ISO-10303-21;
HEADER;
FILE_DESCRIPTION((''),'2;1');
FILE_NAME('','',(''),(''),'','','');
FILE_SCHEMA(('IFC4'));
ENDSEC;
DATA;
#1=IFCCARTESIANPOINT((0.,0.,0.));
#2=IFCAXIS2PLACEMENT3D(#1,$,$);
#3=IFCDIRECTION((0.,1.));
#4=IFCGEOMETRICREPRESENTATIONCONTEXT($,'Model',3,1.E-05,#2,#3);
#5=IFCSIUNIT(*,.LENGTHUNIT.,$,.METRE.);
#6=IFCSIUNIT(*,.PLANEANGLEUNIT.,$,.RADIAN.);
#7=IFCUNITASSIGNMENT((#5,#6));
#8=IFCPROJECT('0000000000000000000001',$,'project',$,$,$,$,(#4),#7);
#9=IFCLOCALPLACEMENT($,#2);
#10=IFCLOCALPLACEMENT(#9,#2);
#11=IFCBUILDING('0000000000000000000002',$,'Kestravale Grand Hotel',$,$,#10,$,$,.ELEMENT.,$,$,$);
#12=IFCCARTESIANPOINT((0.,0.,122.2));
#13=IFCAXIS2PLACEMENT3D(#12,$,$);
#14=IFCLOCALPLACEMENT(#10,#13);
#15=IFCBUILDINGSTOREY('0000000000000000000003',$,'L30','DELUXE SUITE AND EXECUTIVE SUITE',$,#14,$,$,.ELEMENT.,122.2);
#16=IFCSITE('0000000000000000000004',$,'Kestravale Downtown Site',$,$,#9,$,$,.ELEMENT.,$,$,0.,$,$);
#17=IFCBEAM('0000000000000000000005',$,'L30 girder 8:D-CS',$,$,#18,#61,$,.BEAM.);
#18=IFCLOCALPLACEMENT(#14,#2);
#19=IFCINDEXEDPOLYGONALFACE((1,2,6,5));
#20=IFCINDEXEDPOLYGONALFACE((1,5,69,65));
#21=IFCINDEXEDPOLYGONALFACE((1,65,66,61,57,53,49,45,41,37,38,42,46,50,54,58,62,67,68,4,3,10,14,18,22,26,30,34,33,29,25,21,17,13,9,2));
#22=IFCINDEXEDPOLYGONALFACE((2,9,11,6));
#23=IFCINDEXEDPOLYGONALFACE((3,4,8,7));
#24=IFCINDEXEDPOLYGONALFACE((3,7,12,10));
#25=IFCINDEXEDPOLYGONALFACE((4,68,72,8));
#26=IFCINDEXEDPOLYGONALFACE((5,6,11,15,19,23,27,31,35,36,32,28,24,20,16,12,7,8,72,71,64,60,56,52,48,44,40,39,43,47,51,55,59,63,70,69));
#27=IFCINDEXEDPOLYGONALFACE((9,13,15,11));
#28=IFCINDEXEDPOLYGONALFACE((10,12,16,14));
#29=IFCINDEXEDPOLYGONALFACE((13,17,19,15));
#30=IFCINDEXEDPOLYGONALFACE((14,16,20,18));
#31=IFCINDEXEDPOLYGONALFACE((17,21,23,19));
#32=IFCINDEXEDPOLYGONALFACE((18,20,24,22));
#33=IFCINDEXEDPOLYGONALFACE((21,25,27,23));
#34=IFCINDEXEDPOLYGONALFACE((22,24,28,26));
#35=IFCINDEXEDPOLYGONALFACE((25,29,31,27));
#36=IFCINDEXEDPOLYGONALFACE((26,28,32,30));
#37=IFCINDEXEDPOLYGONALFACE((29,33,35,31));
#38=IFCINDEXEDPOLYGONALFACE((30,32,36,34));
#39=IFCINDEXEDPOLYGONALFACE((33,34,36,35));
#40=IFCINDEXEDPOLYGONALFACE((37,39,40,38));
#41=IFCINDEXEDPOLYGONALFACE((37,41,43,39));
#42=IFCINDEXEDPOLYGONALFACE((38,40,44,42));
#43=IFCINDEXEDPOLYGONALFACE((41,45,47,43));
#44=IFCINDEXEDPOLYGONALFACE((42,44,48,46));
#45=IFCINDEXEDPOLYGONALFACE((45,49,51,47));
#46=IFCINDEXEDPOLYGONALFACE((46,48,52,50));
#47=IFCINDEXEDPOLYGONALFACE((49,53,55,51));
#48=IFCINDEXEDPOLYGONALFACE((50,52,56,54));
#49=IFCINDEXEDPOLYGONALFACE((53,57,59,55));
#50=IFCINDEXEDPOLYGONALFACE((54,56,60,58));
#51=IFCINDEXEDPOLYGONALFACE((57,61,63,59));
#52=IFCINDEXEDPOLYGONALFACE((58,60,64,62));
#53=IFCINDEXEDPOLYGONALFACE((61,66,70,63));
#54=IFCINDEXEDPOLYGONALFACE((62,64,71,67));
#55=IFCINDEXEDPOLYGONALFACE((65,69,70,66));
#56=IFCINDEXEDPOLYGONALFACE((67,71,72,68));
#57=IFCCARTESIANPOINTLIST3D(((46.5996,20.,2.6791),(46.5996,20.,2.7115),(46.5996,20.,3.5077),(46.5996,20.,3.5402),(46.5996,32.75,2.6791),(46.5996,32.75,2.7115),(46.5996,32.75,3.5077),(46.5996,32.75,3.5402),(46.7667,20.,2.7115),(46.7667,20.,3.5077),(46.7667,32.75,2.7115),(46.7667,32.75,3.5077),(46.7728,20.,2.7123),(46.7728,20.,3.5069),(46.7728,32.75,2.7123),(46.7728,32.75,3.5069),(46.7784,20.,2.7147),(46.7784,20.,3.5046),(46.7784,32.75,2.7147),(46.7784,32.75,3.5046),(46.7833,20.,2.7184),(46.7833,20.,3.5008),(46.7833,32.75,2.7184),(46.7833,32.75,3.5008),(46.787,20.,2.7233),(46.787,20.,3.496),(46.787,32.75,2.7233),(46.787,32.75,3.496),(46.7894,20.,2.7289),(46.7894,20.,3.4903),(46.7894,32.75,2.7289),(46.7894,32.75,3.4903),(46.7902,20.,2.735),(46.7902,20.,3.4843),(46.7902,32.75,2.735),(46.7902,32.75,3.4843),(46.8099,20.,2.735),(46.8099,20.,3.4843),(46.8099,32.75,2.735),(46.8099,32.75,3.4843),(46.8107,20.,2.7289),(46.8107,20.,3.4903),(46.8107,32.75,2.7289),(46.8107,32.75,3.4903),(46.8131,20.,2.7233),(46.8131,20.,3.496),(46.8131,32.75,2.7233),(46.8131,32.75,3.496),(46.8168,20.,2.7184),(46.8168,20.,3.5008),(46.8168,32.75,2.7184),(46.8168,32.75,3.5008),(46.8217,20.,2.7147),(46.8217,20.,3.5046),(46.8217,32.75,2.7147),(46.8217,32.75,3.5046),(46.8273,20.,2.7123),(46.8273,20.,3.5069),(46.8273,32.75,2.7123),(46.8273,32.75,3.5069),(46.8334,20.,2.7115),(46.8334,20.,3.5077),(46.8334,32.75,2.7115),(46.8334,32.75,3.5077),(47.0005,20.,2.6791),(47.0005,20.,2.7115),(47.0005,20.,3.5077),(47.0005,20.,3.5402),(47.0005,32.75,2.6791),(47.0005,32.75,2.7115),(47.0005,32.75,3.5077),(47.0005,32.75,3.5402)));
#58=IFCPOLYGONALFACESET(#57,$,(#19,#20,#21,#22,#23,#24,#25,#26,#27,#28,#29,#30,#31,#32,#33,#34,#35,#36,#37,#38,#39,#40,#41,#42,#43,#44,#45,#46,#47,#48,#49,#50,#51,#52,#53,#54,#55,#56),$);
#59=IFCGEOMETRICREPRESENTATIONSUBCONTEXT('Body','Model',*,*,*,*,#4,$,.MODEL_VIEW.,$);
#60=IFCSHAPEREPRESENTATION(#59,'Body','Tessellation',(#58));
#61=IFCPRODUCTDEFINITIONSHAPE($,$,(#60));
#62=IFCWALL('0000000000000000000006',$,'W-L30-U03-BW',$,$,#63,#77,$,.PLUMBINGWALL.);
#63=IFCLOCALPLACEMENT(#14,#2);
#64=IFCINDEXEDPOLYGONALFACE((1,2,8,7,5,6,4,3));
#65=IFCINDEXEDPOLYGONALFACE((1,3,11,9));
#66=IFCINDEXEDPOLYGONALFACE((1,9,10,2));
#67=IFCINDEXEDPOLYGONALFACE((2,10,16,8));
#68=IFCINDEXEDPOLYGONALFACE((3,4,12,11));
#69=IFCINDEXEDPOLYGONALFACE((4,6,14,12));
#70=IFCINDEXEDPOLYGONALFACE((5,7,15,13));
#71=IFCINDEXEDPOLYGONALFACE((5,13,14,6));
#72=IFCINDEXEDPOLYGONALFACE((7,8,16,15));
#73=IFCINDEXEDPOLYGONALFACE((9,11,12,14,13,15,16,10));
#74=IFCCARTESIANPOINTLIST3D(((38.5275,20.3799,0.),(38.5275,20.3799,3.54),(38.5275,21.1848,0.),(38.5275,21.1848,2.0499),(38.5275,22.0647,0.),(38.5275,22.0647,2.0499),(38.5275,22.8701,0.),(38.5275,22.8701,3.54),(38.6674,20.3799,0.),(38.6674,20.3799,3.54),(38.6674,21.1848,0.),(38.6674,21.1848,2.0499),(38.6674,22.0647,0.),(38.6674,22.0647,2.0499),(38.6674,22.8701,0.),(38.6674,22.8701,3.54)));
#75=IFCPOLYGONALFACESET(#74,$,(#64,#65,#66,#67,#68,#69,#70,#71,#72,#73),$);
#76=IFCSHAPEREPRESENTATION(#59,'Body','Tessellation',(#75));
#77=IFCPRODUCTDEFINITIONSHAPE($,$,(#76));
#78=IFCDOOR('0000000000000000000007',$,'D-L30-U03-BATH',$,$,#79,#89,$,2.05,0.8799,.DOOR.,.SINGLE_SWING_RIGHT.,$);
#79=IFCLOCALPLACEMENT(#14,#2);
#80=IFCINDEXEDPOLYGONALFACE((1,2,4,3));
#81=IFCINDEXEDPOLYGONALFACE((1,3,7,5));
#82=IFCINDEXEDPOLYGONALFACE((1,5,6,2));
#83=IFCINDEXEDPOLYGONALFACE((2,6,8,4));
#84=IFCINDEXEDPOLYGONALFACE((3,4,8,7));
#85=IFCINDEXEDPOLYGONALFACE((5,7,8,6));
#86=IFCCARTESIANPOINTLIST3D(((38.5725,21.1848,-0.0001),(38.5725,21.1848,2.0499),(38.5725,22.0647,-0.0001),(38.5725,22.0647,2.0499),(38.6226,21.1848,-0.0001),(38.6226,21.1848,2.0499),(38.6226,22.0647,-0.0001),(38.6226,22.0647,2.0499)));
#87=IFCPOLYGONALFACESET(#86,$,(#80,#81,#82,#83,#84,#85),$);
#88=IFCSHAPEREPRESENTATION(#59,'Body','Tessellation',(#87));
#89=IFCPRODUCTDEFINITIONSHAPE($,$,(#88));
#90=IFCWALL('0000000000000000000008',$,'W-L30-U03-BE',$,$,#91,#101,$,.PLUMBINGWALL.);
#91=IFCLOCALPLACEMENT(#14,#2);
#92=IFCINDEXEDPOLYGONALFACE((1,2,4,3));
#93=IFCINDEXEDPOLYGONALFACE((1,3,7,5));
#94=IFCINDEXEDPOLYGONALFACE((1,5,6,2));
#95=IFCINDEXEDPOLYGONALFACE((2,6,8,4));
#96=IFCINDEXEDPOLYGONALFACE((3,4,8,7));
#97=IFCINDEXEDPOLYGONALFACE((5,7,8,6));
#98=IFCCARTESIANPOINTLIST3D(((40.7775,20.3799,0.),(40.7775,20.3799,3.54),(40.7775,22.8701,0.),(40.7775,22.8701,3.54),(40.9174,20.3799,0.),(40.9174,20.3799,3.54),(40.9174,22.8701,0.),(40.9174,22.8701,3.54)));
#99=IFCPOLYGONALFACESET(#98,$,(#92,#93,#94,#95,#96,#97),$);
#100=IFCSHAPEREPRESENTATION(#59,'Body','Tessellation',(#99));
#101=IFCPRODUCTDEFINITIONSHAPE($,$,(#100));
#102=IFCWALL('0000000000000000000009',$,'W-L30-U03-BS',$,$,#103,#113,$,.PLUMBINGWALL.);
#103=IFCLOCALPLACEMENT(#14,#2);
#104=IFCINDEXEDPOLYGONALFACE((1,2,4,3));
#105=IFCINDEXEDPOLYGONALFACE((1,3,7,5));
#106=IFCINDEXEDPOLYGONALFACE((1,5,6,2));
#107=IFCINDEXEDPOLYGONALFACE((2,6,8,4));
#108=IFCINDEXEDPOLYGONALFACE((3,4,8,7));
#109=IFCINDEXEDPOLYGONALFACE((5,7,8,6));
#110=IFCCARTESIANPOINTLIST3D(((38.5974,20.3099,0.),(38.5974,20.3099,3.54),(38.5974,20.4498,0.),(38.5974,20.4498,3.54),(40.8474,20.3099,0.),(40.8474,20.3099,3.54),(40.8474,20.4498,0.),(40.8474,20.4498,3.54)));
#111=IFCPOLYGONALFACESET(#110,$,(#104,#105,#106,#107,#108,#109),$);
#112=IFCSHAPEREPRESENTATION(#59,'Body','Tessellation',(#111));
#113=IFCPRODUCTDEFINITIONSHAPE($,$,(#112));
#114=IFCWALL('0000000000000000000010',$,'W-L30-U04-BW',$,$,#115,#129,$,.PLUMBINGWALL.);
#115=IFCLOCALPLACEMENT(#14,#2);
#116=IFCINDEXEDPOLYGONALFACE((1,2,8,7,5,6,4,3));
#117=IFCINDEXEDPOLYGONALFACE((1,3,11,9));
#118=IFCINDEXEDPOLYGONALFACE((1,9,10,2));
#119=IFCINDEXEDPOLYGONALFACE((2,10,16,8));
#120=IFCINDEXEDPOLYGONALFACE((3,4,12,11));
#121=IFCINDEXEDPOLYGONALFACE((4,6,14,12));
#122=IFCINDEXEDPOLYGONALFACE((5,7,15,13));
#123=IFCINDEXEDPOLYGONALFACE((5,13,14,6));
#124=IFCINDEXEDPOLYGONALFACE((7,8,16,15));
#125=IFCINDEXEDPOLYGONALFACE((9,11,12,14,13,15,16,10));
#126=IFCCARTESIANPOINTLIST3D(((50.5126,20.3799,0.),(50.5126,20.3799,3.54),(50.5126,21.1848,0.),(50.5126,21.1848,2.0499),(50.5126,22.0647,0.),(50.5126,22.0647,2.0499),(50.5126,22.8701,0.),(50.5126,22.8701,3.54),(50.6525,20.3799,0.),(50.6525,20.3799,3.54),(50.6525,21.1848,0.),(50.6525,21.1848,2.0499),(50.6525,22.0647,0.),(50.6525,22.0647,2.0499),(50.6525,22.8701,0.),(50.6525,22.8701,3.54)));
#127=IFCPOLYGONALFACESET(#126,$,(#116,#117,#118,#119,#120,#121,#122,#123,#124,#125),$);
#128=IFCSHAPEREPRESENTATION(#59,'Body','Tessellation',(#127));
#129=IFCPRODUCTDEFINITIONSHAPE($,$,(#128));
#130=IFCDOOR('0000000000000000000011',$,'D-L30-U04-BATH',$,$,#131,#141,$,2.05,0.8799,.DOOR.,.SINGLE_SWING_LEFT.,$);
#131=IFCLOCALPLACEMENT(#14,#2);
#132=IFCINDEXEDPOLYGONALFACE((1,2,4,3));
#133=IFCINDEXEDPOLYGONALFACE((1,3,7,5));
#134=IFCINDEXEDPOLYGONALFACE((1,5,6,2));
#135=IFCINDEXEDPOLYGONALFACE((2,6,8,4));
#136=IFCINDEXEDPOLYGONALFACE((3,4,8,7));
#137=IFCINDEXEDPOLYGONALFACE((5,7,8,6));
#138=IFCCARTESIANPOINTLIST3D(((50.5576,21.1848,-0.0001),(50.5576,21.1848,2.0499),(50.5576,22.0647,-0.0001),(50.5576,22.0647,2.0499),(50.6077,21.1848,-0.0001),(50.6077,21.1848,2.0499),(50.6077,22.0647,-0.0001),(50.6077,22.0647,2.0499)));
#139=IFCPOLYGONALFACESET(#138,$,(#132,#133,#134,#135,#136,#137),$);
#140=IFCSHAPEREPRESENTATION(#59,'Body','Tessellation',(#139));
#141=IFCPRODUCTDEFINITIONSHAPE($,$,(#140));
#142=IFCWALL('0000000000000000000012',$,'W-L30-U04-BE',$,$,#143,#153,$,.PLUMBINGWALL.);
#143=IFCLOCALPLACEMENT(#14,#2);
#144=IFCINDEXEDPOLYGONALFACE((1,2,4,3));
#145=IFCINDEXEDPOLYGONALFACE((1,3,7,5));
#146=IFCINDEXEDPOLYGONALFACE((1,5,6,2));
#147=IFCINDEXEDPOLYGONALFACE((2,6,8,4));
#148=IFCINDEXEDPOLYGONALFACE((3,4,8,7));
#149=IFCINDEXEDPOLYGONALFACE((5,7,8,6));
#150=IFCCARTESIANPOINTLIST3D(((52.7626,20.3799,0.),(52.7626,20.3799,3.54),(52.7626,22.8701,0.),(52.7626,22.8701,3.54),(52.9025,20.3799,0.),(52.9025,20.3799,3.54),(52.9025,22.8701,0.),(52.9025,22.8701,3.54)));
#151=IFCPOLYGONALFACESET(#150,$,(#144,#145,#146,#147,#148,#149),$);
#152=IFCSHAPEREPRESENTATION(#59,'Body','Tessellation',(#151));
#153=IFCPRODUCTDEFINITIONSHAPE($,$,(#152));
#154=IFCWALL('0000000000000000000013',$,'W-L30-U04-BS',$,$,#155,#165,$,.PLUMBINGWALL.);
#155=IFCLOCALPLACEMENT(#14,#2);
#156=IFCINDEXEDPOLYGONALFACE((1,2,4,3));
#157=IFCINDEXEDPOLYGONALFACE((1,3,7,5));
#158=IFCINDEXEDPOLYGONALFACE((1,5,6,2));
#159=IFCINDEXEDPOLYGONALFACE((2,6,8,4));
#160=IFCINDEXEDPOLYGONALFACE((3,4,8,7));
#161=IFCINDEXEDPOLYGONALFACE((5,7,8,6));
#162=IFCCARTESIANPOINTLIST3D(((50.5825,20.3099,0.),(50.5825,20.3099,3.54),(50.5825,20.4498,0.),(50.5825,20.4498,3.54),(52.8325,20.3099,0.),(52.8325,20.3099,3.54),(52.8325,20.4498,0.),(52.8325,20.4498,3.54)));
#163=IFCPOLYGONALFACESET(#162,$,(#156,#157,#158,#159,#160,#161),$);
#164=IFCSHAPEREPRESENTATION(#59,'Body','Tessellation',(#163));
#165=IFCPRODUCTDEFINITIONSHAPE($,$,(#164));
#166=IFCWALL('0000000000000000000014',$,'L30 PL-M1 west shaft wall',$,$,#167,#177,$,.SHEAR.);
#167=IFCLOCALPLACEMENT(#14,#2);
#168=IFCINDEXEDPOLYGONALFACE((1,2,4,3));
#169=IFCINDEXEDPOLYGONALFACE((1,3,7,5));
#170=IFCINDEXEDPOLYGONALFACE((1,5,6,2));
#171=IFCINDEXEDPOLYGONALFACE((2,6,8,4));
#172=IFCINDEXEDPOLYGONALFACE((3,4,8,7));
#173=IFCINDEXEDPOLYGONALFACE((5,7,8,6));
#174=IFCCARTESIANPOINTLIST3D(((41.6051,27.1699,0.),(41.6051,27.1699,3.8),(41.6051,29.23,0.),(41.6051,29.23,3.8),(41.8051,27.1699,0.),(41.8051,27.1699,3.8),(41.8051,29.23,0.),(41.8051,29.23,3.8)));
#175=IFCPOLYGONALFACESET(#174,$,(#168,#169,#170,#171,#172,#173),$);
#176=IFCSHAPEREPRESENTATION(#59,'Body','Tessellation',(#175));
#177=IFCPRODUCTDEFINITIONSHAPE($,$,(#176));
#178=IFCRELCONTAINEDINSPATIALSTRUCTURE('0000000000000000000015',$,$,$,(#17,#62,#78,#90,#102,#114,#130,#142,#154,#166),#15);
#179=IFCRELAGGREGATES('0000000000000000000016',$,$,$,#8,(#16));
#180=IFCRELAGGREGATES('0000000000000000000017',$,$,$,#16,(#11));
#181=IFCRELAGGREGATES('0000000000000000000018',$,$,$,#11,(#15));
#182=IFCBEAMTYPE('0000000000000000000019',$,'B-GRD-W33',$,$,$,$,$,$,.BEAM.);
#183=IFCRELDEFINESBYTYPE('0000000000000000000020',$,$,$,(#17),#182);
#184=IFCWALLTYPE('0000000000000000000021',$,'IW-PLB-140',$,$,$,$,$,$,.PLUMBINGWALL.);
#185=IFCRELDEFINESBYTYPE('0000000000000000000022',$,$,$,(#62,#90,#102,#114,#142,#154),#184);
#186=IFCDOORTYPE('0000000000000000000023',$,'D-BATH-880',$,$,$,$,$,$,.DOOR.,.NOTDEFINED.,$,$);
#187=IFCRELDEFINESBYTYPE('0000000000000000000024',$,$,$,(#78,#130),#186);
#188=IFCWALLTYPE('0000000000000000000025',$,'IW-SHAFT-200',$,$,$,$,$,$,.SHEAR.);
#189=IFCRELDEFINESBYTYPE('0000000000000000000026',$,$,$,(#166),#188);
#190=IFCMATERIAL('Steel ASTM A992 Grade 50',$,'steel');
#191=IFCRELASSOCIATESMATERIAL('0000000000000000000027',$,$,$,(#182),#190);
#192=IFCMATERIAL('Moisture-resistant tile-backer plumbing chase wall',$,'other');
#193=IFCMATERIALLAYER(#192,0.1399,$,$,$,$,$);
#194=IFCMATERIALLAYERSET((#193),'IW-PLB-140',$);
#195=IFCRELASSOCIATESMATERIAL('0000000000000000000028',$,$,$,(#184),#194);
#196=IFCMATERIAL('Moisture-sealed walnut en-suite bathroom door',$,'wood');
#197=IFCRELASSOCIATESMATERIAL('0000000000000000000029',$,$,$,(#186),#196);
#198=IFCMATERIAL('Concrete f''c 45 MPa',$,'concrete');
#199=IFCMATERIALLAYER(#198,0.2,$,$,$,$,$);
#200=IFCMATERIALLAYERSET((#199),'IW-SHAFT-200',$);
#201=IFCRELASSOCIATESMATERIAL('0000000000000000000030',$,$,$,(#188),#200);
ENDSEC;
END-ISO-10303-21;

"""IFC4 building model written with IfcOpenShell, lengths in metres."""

from ifc_helpers import new_model, si_unit, direction, frame, frame_2d, origin, origin_2d, place, context, subcontext, project, spatial, rectangle, i_section, extrude, material, layer, layer_set, material_profile, profile_set, type_object, element, fill, save


model = new_model("IFC4")

# Units and contexts
model_context = context("Model", 3, precision=1e-05, world=origin(), true_north=direction((0.0, 1.0)))
body_context = subcontext(model_context, "Body", "Model", "MODEL_VIEW")
ifc_project = project(units=[si_unit("LENGTHUNIT", "METRE"), si_unit("PLANEANGLEUNIT", "RADIAN")], contexts=[model_context])

# Site, building, storey
site_placement = place(None, origin())
site = spatial("IfcSite", under=ifc_project, at=site_placement, Name="Kestravale Downtown Site", CompositionType="ELEMENT", RefElevation=0.0)
building_placement = place(site_placement, origin())
building = spatial("IfcBuilding", under=site, at=building_placement, Name="Kestravale Grand Hotel", CompositionType="ELEMENT")
storey_placement = place(building_placement, frame((0.0, 0.0, 122.2)))
storey = spatial("IfcBuildingStorey", under=building, at=storey_placement, Name="L30", Description="DELUXE SUITE AND EXECUTIVE SUITE", CompositionType="ELEMENT", Elevation=122.2)

# Beam
ifc_material_1 = material(Name="Steel ASTM A992 Grade 50", Category="steel")
ifc_material_profile_1 = material_profile(ifc_material_1, i_section(OverallWidth=0.4009, OverallDepth=0.8611, WebThickness=0.0198, FlangeThickness=0.0325, FilletRadius=0.0234, at=origin_2d()))
ifc_profile_set_1 = profile_set([ifc_material_profile_1], Name="Steel ASTM A992 Grade 50")
beam_type = type_object("IfcBeamType", Name="B-GRD-W33", PredefinedType="BEAM", material=ifc_profile_set_1)
beam_1_placement = place(storey_placement, frame((46.8, 20.0, 3.1096), z_axis=(0.0, 1.0, 0.0), x_axis=(-1.0, 0.0, 0.0)))
element("IfcBeam", 1, at=beam_1_placement, inside=storey, type_object=beam_type, Name="L30 girder 8:D-CS", PredefinedType="BEAM", context=body_context, shape_type="SweptSolid", body=[
    extrude(i_section(OverallWidth=0.4009, OverallDepth=0.8611, WebThickness=0.0198, FlangeThickness=0.0325, FilletRadius=0.0234, at=origin_2d()), origin(), (0.0, 0.0, 1.0), 12.75),
])

# Wall, opening, door
ifc_material_2 = material(Name="Moisture-resistant tile-backer plumbing chase wall", Category="other")
ifc_layer_1 = layer(ifc_material_2, 0.1399)
ifc_layer_set_1 = layer_set([ifc_layer_1], Name="IW-PLB-140")
wall_type_1 = type_object("IfcWallType", Name="IW-PLB-140", PredefinedType="PLUMBINGWALL", material=ifc_layer_set_1)
wall_1_placement = place(storey_placement, frame((38.5974, 20.3799, 0.0), z_axis=(0.0, 0.0, 1.0), x_axis=(0.0, 1.0, 0.0)))
wall_1 = element("IfcWall", 2, at=wall_1_placement, inside=storey, type_object=wall_type_1, Name="W-L30-U03-BW", PredefinedType="PLUMBINGWALL", context=body_context, shape_type="SweptSolid", body=[
    extrude(rectangle(XDim=2.4902, YDim=0.1399, at=frame_2d((1.2451, 0.0))), origin(), (0.0, 0.0, 1.0), 3.54),
])
opening_1_placement = place(wall_1_placement, frame((0.8049, 0.0, 0.0)))
opening_1 = element("IfcOpeningElement", 3, at=opening_1_placement, cuts=wall_1, PredefinedType="OPENING", context=body_context, shape_type="SweptSolid", body=[
    extrude(rectangle(XDim=0.8799, YDim=2.05, at=frame_2d((0.4399, 1.0249))), frame((0.0, 0.0798, 0.0), z_axis=(0.0, -1.0, 0.0), x_axis=(1.0, 0.0, 0.0)), (0.0, 0.0, 1.0), 0.1599),
])
ifc_material_3 = material(Name="Moisture-sealed walnut en-suite bathroom door", Category="wood")
door_type = type_object("IfcDoorType", Name="D-BATH-880", OperationType="NOTDEFINED", PredefinedType="DOOR", material=ifc_material_3)
door_1_placement = place(opening_1_placement, origin())
door_1 = element("IfcDoor", 4, at=door_1_placement, inside=storey, type_object=door_type, Name="D-L30-U03-BATH", OperationType="SINGLE_SWING_RIGHT", OverallHeight=2.05, OverallWidth=0.8799, PredefinedType="DOOR", context=body_context, shape_type="SweptSolid", body=[
    extrude(rectangle(XDim=0.8799, YDim=2.05, at=frame_2d((0.4399, 1.0249))), frame((0.0, 0.0249, 0.0), z_axis=(0.0, -1.0, 0.0), x_axis=(1.0, 0.0, 0.0)), (0.0, 0.0, 1.0), 0.05),
])
fill(opening_1, door_1)

# Walls
wall_2_placement = place(storey_placement, frame((40.8474, 20.3799, 0.0), z_axis=(0.0, 0.0, 1.0), x_axis=(0.0, 1.0, 0.0)))
element("IfcWall", 5, at=wall_2_placement, inside=storey, type_object=wall_type_1, Name="W-L30-U03-BE", PredefinedType="PLUMBINGWALL", context=body_context, shape_type="SweptSolid", body=[
    extrude(rectangle(XDim=2.4902, YDim=0.1399, at=frame_2d((1.2451, 0.0))), origin(), (0.0, 0.0, 1.0), 3.54),
])
wall_3_placement = place(storey_placement, frame((38.5974, 20.3799, 0.0), z_axis=(0.0, 0.0, 1.0), x_axis=(1.0, 0.0, 0.0)))
element("IfcWall", 6, at=wall_3_placement, inside=storey, type_object=wall_type_1, Name="W-L30-U03-BS", PredefinedType="PLUMBINGWALL", context=body_context, shape_type="SweptSolid", body=[
    extrude(rectangle(XDim=2.25, YDim=0.1399, at=frame_2d((1.125, 0.0))), origin(), (0.0, 0.0, 1.0), 3.54),
])

# Wall, opening, door
wall_4_placement = place(storey_placement, frame((50.5825, 20.3799, 0.0), z_axis=(0.0, 0.0, 1.0), x_axis=(0.0, 1.0, 0.0)))
wall_4 = element("IfcWall", 7, at=wall_4_placement, inside=storey, type_object=wall_type_1, Name="W-L30-U04-BW", PredefinedType="PLUMBINGWALL", context=body_context, shape_type="SweptSolid", body=[
    extrude(rectangle(XDim=2.4902, YDim=0.1399, at=frame_2d((1.2451, 0.0))), origin(), (0.0, 0.0, 1.0), 3.54),
])
opening_2_placement = place(wall_4_placement, frame((0.8049, 0.0, 0.0)))
opening_2 = element("IfcOpeningElement", 8, at=opening_2_placement, cuts=wall_4, PredefinedType="OPENING", context=body_context, shape_type="SweptSolid", body=[
    extrude(rectangle(XDim=0.8799, YDim=2.05, at=frame_2d((0.4399, 1.0249))), frame((0.0, 0.0798, 0.0), z_axis=(0.0, -1.0, 0.0), x_axis=(1.0, 0.0, 0.0)), (0.0, 0.0, 1.0), 0.1599),
])
door_2_placement = place(opening_2_placement, origin())
door_2 = element("IfcDoor", 9, at=door_2_placement, inside=storey, type_object=door_type, Name="D-L30-U04-BATH", OperationType="SINGLE_SWING_LEFT", OverallHeight=2.05, OverallWidth=0.8799, PredefinedType="DOOR", context=body_context, shape_type="SweptSolid", body=[
    extrude(rectangle(XDim=0.8799, YDim=2.05, at=frame_2d((0.4399, 1.0249))), frame((0.0, 0.0249, 0.0), z_axis=(0.0, -1.0, 0.0), x_axis=(1.0, 0.0, 0.0)), (0.0, 0.0, 1.0), 0.05),
])
fill(opening_2, door_2)

# Walls
wall_5_placement = place(storey_placement, frame((52.8325, 20.3799, 0.0), z_axis=(0.0, 0.0, 1.0), x_axis=(0.0, 1.0, 0.0)))
element("IfcWall", 10, at=wall_5_placement, inside=storey, type_object=wall_type_1, Name="W-L30-U04-BE", PredefinedType="PLUMBINGWALL", context=body_context, shape_type="SweptSolid", body=[
    extrude(rectangle(XDim=2.4902, YDim=0.1399, at=frame_2d((1.2451, 0.0))), origin(), (0.0, 0.0, 1.0), 3.54),
])
wall_6_placement = place(storey_placement, frame((50.5825, 20.3799, 0.0), z_axis=(0.0, 0.0, 1.0), x_axis=(1.0, 0.0, 0.0)))
element("IfcWall", 11, at=wall_6_placement, inside=storey, type_object=wall_type_1, Name="W-L30-U04-BS", PredefinedType="PLUMBINGWALL", context=body_context, shape_type="SweptSolid", body=[
    extrude(rectangle(XDim=2.25, YDim=0.1399, at=frame_2d((1.125, 0.0))), origin(), (0.0, 0.0, 1.0), 3.54),
])
ifc_material_4 = material(Name="Concrete f'c 45 MPa", Category="concrete")
ifc_layer_2 = layer(ifc_material_4, 0.2)
ifc_layer_set_2 = layer_set([ifc_layer_2], Name="IW-SHAFT-200")
wall_type_2 = type_object("IfcWallType", Name="IW-SHAFT-200", PredefinedType="SHEAR", material=ifc_layer_set_2)
for number, where, z_axis, x_axis, name in (
    (12, (41.7051, 27.1699, 0.0), (0.0, 0.0, 1.0), (0.0, 1.0, 0.0), "L30 PL-M1 west shaft wall"),
):
    element("IfcWall", number, at=place(storey_placement, frame(where, z_axis=z_axis, x_axis=x_axis)), inside=storey, type_object=wall_type_2, Name=name, PredefinedType="SHEAR", context=body_context, shape_type="SweptSolid", body=[
        extrude(rectangle(XDim=2.0601, YDim=0.2, at=frame_2d((1.03, 0.0))), origin(), (0.0, 0.0, 1.0), 3.8),
    ])

save(model, "model.ifc")
